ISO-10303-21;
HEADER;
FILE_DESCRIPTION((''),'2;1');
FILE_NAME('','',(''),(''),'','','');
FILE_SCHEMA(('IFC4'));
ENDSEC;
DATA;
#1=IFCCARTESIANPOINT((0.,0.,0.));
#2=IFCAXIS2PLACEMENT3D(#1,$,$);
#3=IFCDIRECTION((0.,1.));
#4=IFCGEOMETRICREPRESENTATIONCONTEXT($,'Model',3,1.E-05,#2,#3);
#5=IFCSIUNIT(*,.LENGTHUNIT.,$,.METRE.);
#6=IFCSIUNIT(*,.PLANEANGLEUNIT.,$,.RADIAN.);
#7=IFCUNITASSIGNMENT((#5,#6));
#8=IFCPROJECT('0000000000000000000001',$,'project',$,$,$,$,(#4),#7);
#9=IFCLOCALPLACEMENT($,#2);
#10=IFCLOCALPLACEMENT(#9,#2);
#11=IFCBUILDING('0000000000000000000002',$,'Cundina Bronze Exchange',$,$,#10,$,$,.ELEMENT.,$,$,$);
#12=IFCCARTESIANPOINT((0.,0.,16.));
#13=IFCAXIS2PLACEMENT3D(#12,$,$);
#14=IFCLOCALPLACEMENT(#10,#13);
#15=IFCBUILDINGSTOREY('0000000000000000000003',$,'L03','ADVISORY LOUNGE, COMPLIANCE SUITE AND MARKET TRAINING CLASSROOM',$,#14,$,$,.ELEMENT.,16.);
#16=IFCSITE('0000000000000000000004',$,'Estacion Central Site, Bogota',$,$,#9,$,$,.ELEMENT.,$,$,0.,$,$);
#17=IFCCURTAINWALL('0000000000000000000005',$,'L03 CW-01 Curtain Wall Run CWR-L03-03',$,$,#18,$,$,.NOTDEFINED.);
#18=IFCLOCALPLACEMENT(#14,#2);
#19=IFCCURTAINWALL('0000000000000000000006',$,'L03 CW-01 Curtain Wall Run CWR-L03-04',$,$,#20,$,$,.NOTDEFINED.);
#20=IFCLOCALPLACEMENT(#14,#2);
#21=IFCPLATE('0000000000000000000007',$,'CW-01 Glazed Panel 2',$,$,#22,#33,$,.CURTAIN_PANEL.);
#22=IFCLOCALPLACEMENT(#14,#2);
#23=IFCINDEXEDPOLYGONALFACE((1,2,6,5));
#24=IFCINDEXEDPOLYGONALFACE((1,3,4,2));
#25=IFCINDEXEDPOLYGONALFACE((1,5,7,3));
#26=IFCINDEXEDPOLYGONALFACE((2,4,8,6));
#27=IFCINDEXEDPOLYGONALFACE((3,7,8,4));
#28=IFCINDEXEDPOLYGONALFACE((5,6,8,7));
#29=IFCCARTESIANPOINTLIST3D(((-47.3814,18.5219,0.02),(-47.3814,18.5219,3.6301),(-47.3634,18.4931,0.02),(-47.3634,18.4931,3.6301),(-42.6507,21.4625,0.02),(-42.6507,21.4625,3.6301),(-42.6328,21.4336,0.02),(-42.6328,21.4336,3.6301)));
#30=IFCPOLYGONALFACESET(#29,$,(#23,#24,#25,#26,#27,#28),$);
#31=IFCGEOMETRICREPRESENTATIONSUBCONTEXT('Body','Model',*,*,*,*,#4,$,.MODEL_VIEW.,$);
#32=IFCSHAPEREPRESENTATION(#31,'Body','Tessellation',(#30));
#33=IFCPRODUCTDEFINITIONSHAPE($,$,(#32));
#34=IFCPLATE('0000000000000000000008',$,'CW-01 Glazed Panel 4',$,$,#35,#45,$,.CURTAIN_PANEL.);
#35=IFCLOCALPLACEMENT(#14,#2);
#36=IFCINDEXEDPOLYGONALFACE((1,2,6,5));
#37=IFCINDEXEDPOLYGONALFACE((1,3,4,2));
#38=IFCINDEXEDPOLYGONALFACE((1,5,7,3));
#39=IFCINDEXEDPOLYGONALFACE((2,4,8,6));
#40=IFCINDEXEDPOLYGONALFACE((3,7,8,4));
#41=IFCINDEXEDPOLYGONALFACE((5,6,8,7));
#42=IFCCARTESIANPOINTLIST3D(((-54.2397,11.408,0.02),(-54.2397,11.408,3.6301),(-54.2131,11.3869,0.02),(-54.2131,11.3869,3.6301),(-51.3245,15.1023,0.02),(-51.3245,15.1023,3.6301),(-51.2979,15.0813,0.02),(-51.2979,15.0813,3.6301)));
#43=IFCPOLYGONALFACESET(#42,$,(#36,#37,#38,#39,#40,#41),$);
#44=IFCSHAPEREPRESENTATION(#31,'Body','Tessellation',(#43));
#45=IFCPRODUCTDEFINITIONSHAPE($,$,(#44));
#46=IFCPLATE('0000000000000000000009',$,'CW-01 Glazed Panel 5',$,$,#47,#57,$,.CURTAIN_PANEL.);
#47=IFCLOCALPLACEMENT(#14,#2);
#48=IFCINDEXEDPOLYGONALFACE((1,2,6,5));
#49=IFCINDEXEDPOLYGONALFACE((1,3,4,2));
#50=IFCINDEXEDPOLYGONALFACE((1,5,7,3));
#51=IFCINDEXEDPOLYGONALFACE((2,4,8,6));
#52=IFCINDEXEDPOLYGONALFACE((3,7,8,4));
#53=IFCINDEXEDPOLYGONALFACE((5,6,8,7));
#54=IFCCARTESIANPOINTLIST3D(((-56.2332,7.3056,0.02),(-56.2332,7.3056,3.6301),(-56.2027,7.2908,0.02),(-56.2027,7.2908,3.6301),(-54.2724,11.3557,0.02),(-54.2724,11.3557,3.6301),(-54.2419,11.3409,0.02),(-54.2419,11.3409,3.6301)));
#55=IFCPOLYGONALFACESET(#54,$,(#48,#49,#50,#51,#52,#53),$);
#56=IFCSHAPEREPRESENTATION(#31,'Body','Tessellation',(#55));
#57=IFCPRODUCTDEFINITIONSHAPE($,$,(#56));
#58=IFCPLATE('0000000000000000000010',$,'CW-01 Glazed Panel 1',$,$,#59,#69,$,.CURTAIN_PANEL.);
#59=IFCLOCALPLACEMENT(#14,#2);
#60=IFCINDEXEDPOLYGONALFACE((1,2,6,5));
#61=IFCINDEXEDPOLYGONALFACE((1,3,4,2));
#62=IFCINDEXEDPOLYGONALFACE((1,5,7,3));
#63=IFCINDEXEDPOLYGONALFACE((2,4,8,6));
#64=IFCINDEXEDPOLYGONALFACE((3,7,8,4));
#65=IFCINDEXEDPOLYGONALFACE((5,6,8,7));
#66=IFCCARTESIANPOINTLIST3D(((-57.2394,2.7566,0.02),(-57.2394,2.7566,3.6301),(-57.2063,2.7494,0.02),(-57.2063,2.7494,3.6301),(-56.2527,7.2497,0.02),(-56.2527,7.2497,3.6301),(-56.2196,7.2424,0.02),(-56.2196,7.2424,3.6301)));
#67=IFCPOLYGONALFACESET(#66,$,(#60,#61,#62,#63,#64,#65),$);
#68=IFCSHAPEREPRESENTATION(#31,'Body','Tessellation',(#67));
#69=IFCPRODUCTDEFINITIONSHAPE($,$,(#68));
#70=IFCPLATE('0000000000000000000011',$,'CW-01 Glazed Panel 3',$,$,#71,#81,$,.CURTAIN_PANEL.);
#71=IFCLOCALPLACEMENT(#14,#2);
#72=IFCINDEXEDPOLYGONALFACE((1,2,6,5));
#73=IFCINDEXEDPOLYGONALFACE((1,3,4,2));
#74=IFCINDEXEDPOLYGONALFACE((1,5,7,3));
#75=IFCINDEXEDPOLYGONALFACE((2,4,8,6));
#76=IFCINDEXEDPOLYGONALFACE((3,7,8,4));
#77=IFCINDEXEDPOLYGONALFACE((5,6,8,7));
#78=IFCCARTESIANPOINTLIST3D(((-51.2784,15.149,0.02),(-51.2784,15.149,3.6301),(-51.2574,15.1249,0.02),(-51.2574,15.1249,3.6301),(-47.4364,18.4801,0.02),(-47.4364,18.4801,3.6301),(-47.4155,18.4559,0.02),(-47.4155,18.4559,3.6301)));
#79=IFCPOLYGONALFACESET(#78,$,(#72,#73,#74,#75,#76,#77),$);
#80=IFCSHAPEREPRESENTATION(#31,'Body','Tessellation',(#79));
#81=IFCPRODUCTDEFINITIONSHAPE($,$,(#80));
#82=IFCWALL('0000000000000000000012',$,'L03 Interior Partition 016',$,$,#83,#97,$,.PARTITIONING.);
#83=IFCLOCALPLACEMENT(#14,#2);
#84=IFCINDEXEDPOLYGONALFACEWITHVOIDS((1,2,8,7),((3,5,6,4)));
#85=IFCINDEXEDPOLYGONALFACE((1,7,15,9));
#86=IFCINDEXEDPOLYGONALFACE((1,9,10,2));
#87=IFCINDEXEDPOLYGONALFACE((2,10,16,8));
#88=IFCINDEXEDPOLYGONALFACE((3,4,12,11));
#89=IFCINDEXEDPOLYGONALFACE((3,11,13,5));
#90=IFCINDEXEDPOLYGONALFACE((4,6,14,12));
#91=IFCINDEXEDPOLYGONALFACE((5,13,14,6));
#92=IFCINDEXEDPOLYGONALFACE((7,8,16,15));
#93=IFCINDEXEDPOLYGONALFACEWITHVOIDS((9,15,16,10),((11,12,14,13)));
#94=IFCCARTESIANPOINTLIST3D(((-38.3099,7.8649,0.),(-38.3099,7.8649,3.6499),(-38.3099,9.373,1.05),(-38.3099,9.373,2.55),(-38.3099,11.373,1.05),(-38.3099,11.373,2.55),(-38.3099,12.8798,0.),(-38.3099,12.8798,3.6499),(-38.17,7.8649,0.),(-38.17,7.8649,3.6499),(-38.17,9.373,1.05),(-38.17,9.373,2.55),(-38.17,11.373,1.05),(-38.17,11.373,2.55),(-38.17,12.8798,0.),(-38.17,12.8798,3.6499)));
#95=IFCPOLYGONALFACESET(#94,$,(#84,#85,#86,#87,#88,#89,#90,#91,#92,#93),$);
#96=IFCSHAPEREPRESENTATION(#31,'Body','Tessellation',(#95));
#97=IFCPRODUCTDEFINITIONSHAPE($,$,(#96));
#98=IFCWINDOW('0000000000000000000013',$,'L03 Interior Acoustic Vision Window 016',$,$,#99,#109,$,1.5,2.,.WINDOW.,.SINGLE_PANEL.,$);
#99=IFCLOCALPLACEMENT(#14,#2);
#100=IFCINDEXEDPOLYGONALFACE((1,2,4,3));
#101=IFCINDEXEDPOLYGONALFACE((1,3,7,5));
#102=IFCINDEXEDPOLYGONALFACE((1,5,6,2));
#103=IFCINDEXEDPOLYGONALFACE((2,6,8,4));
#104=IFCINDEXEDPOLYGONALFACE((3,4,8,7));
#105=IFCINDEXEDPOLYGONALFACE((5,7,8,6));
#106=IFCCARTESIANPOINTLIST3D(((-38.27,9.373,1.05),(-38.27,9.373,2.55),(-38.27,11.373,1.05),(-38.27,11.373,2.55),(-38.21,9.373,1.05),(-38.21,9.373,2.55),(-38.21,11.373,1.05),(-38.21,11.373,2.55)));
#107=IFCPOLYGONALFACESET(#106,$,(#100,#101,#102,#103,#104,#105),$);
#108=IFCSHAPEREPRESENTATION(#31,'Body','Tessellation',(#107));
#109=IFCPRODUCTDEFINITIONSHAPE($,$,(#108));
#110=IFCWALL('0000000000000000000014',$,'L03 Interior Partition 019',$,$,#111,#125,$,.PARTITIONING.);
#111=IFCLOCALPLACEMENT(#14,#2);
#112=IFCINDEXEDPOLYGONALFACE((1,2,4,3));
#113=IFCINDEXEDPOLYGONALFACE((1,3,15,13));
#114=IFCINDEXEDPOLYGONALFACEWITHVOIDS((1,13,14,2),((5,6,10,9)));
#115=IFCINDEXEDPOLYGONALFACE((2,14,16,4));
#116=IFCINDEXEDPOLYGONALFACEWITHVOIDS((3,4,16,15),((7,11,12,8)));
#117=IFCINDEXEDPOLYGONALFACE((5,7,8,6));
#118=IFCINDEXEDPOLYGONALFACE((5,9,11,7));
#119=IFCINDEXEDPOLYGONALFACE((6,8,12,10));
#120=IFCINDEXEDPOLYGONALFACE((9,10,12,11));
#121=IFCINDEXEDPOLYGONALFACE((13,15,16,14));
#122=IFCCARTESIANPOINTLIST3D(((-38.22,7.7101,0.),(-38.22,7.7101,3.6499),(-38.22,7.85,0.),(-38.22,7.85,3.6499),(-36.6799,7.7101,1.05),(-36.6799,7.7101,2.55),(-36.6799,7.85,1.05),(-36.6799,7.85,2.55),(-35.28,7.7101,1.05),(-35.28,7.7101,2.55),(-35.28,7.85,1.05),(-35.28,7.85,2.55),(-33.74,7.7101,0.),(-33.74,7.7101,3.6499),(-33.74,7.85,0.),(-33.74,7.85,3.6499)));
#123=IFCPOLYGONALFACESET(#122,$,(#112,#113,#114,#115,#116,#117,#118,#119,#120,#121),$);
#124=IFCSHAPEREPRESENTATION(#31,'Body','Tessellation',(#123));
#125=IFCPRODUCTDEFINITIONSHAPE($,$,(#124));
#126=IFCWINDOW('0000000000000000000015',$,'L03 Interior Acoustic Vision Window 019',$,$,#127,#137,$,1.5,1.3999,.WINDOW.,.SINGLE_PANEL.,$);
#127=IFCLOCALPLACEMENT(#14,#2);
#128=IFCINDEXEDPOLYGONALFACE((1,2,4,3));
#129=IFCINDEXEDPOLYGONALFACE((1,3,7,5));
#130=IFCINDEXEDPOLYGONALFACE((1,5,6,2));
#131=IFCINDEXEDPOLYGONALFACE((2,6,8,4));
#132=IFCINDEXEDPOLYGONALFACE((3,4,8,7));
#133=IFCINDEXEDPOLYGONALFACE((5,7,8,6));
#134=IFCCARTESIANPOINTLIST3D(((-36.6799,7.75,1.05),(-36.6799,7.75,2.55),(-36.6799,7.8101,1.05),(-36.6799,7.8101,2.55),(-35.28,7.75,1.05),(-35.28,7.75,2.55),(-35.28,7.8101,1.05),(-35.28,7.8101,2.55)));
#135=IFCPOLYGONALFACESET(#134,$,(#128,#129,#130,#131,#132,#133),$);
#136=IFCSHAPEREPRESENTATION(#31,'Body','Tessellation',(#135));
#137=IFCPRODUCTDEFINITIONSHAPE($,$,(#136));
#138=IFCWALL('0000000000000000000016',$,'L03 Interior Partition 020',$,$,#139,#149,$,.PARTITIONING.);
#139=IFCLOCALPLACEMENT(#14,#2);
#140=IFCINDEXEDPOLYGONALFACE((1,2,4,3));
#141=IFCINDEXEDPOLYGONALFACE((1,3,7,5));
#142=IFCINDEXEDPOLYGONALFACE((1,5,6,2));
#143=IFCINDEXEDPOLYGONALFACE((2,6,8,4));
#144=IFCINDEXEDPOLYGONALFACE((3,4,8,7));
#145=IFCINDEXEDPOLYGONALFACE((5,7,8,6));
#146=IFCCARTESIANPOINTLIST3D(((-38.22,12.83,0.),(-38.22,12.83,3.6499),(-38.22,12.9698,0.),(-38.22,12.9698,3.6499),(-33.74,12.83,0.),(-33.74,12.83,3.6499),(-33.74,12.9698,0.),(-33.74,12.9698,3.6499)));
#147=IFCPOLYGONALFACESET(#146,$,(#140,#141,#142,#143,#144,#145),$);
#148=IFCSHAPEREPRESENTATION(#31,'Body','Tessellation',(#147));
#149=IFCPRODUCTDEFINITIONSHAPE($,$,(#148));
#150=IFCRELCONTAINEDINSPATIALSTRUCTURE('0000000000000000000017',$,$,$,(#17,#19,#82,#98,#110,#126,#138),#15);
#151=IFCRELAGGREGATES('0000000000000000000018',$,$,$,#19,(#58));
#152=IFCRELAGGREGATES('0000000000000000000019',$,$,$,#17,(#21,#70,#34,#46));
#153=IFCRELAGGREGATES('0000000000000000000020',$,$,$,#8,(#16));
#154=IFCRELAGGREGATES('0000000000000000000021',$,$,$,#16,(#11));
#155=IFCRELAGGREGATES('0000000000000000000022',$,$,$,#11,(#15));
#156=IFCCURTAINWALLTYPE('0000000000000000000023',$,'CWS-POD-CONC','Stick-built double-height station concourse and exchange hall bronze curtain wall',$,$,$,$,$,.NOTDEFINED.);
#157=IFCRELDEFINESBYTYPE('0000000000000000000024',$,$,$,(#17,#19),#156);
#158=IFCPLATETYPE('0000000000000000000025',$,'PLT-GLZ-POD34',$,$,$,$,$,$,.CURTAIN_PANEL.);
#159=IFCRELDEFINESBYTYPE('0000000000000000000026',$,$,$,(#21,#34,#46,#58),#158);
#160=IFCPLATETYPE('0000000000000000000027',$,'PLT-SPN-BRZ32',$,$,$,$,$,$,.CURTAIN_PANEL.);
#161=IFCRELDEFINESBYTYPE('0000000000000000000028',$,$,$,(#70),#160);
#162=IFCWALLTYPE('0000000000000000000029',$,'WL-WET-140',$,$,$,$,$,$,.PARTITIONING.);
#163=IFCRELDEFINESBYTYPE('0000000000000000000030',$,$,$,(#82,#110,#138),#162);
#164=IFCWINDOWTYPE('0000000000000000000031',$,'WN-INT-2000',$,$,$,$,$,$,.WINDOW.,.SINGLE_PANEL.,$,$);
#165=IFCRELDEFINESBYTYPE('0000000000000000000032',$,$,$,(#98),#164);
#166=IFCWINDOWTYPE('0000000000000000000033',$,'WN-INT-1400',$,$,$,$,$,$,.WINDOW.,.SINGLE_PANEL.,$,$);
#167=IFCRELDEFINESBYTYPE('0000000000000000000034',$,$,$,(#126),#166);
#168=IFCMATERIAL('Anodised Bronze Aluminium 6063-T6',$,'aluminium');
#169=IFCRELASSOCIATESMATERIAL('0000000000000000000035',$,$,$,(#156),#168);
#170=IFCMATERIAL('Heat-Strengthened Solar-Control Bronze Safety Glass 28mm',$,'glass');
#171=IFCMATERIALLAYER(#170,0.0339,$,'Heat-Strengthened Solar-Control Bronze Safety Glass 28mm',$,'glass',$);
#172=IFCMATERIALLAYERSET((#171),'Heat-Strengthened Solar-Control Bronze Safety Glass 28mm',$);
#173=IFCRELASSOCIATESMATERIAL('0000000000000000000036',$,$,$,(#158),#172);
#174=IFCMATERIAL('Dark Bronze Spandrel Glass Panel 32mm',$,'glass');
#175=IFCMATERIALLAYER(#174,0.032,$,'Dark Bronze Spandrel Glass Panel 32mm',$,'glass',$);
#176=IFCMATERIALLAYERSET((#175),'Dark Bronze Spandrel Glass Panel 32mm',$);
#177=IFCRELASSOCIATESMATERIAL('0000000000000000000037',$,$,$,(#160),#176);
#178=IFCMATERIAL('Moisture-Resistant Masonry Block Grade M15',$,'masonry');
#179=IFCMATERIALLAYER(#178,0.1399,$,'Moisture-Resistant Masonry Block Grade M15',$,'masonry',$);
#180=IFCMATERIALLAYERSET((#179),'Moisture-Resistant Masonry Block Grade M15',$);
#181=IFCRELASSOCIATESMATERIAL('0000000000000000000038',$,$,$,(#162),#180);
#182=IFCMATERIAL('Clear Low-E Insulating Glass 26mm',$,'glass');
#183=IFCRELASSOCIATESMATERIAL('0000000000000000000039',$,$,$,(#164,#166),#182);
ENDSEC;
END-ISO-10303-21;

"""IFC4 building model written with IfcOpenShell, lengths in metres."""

from ifc_helpers import new_model, si_unit, direction, frame, frame_2d, origin, origin_2d, place, context, subcontext, project, spatial, rectangle, extrude, material, layer, layer_set, type_object, element, fill, aggregate, save


model = new_model("IFC4")

# Units and contexts
model_context = context("Model", 3, precision=1e-05, world=origin(), true_north=direction((0.0, 1.0)))
body_context = subcontext(model_context, "Body", "Model", "MODEL_VIEW")
ifc_project = project(units=[si_unit("LENGTHUNIT", "METRE"), si_unit("PLANEANGLEUNIT", "RADIAN")], contexts=[model_context])

# Site, building, storey
site_placement = place(None, origin())
site = spatial("IfcSite", under=ifc_project, at=site_placement, Name="Estacion Central Site, Bogota", CompositionType="ELEMENT", RefElevation=0.0)
building_placement = place(site_placement, origin())
building = spatial("IfcBuilding", under=site, at=building_placement, Name="Cundina Bronze Exchange", CompositionType="ELEMENT")
storey_placement = place(building_placement, frame((0.0, 0.0, 16.0)))
storey = spatial("IfcBuildingStorey", under=building, at=storey_placement, Name="L03", Description="ADVISORY LOUNGE, COMPLIANCE SUITE AND MARKET TRAINING CLASSROOM", CompositionType="ELEMENT", Elevation=16.0)

# Curtain wall
ifc_material_1 = material(Name="Anodised Bronze Aluminium 6063-T6", Category="aluminium")
curtain_wall_type = type_object("IfcCurtainWallType", Name="CWS-POD-CONC", Description="Stick-built double-height station concourse and exchange hall bronze curtain wall", PredefinedType="NOTDEFINED", material=ifc_material_1)
curtain_wall_1_placement = place(storey_placement, origin())
curtain_wall_1 = element("IfcCurtainWall", 1, at=curtain_wall_1_placement, inside=storey, type_object=curtain_wall_type, Name="L03 CW-01 Curtain Wall Run CWR-L03-03", PredefinedType="NOTDEFINED")

# Curtain wall
curtain_wall_2_placement = place(storey_placement, origin())
curtain_wall_2 = element("IfcCurtainWall", 2, at=curtain_wall_2_placement, inside=storey, type_object=curtain_wall_type, Name="L03 CW-01 Curtain Wall Run CWR-L03-04", PredefinedType="NOTDEFINED")

# Plates
ifc_material_2 = material(Name="Heat-Strengthened Solar-Control Bronze Safety Glass 28mm", Category="glass")
ifc_layer_1 = layer(ifc_material_2, 0.0339, Name="Heat-Strengthened Solar-Control Bronze Safety Glass 28mm", Category="glass")
ifc_layer_set_1 = layer_set([ifc_layer_1], Name="Heat-Strengthened Solar-Control Bronze Safety Glass 28mm")
plate_type_1 = type_object("IfcPlateType", Name="PLT-GLZ-POD34", PredefinedType="CURTAIN_PANEL", material=ifc_layer_set_1)
plate_1_placement = place(storey_placement, frame((-45.0071, 19.9778, 0.02), z_axis=(0.0, 0.0, 1.0), x_axis=(-0.849294, -0.52792, 0.0)))
plate_1 = element("IfcPlate", 3, at=plate_1_placement, type_object=plate_type_1, Name="CW-01 Glazed Panel 2", PredefinedType="CURTAIN_PANEL", context=body_context, shape_type="SweptSolid", body=[
    extrude(rectangle(XDim=5.5701, YDim=0.0339, at=origin_2d()), origin(), (0.0, 0.0, 1.0), 3.6101),
])
plate_2_placement = place(storey_placement, frame((-52.7688, 13.2446, 0.02), z_axis=(0.0, 0.0, 1.0), x_axis=(-0.619464, -0.785025, 0.0)))
plate_2 = element("IfcPlate", 4, at=plate_2_placement, type_object=plate_type_1, Name="CW-01 Glazed Panel 4", PredefinedType="CURTAIN_PANEL", context=body_context, shape_type="SweptSolid", body=[
    extrude(rectangle(XDim=4.7061, YDim=0.0339, at=origin_2d()), origin(), (0.0, 0.0, 1.0), 3.6101),
])
plate_3_placement = place(storey_placement, frame((-55.2375, 9.3232, 0.02), z_axis=(0.0, 0.0, 1.0), x_axis=(-0.435765, -0.90006, 0.0)))
plate_3 = element("IfcPlate", 5, at=plate_3_placement, type_object=plate_type_1, Name="CW-01 Glazed Panel 5", PredefinedType="CURTAIN_PANEL", context=body_context, shape_type="SweptSolid", body=[
    extrude(rectangle(XDim=4.4998, YDim=0.0339, at=origin_2d()), origin(), (0.0, 0.0, 1.0), 3.6101),
])
plate_4_placement = place(storey_placement, frame((-56.7295, 4.9995, 0.02), z_axis=(0.0, 0.0, 1.0), x_axis=(-0.214497, -0.976725, 0.0)))
plate_4 = element("IfcPlate", 6, at=plate_4_placement, type_object=plate_type_1, Name="CW-01 Glazed Panel 1", PredefinedType="CURTAIN_PANEL", context=body_context, shape_type="SweptSolid", body=[
    extrude(rectangle(XDim=4.6001, YDim=0.0339, at=origin_2d()), origin(), (0.0, 0.0, 1.0), 3.6101),
])
aggregate(curtain_wall_2, [plate_4])
ifc_material_3 = material(Name="Dark Bronze Spandrel Glass Panel 32mm", Category="glass")
ifc_layer_2 = layer(ifc_material_3, 0.032, Name="Dark Bronze Spandrel Glass Panel 32mm", Category="glass")
ifc_layer_set_2 = layer_set([ifc_layer_2], Name="Dark Bronze Spandrel Glass Panel 32mm")
plate_type_2 = type_object("IfcPlateType", Name="PLT-SPN-BRZ32", PredefinedType="CURTAIN_PANEL", material=ifc_layer_set_2)
plate_5_placement = place(storey_placement, frame((-49.3469, 16.8025, 0.02), z_axis=(0.0, 0.0, 1.0), x_axis=(-0.755556, -0.655084, 0.0)))
plate_5 = element("IfcPlate", 7, at=plate_5_placement, type_object=plate_type_2, Name="CW-01 Glazed Panel 3", PredefinedType="CURTAIN_PANEL", context=body_context, shape_type="SweptSolid", body=[
    extrude(rectangle(XDim=5.085, YDim=0.032, at=origin_2d()), origin(), (0.0, 0.0, 1.0), 3.6101),
])
aggregate(curtain_wall_1, [plate_1, plate_5, plate_2, plate_3])

# Walls, openings, windows
ifc_material_4 = material(Name="Moisture-Resistant Masonry Block Grade M15", Category="masonry")
ifc_layer_3 = layer(ifc_material_4, 0.1399, Name="Moisture-Resistant Masonry Block Grade M15", Category="masonry")
ifc_layer_set_3 = layer_set([ifc_layer_3], Name="Moisture-Resistant Masonry Block Grade M15")
wall_type = type_object("IfcWallType", Name="WL-WET-140", PredefinedType="PARTITIONING", material=ifc_layer_set_3)
wall_1_placement = place(storey_placement, frame((-38.24, 7.865, 0.0), z_axis=(0.0, 0.0, 1.0), x_axis=(0.0, 1.0, 0.0)))
wall_1 = element("IfcWall", 8, at=wall_1_placement, inside=storey, type_object=wall_type, Name="L03 Interior Partition 016", PredefinedType="PARTITIONING", context=body_context, shape_type="SweptSolid", body=[
    extrude(rectangle(XDim=5.0149, YDim=0.1399, at=frame_2d((2.5073, 0.0))), origin(), (0.0, 0.0, 1.0), 3.6499),
])
opening_1_placement = place(wall_1_placement, frame((1.5081, 0.0, 1.05)))
opening_1 = element("IfcOpeningElement", 9, at=opening_1_placement, cuts=wall_1, PredefinedType="OPENING", context=body_context, shape_type="SweptSolid", body=[
    extrude(rectangle(XDim=2.0, YDim=1.5, at=frame_2d((1.0, 0.75))), frame((0.0, 0.0798, 0.0), z_axis=(0.0, -1.0, 0.0), x_axis=(1.0, 0.0, 0.0)), (0.0, 0.0, 1.0), 0.1599),
])
ifc_material_5 = material(Name="Clear Low-E Insulating Glass 26mm", Category="glass")
window_type_1 = type_object("IfcWindowType", Name="WN-INT-2000", PartitioningType="SINGLE_PANEL", PredefinedType="WINDOW", material=ifc_material_5)
window_1_placement = place(opening_1_placement, origin())
window_1 = element("IfcWindow", 10, at=window_1_placement, inside=storey, type_object=window_type_1, Name="L03 Interior Acoustic Vision Window 016", OverallHeight=1.5, OverallWidth=2.0, PartitioningType="SINGLE_PANEL", PredefinedType="WINDOW", context=body_context, shape_type="SweptSolid", body=[
    extrude(rectangle(XDim=2.0, YDim=1.5, at=frame_2d((1.0, 0.75))), frame((0.0, 0.03, 0.0), z_axis=(0.0, -1.0, 0.0), x_axis=(1.0, 0.0, 0.0)), (0.0, 0.0, 1.0), 0.0601),
])
fill(opening_1, window_1)
wall_2_placement = place(storey_placement, frame((-38.22, 7.78, 0.0), z_axis=(0.0, 0.0, 1.0), x_axis=(1.0, 0.0, 0.0)))
wall_2 = element("IfcWall", 11, at=wall_2_placement, inside=storey, type_object=wall_type, Name="L03 Interior Partition 019", PredefinedType="PARTITIONING", context=body_context, shape_type="SweptSolid", body=[
    extrude(rectangle(XDim=4.48, YDim=0.1399, at=frame_2d((2.24, 0.0))), origin(), (0.0, 0.0, 1.0), 3.6499),
])
opening_2_placement = place(wall_2_placement, frame((1.54, 0.0, 1.05)))
opening_2 = element("IfcOpeningElement", 12, at=opening_2_placement, cuts=wall_2, PredefinedType="OPENING", context=body_context, shape_type="SweptSolid", body=[
    extrude(rectangle(XDim=1.3999, YDim=1.5, at=frame_2d((0.7, 0.75))), frame((0.0, 0.0798, 0.0), z_axis=(0.0, -1.0, 0.0), x_axis=(1.0, 0.0, 0.0)), (0.0, 0.0, 1.0), 0.1599),
])
window_type_2 = type_object("IfcWindowType", Name="WN-INT-1400", PartitioningType="SINGLE_PANEL", PredefinedType="WINDOW", material=ifc_material_5)
window_2_placement = place(opening_2_placement, origin())
window_2 = element("IfcWindow", 13, at=window_2_placement, inside=storey, type_object=window_type_2, Name="L03 Interior Acoustic Vision Window 019", OverallHeight=1.5, OverallWidth=1.3999, PartitioningType="SINGLE_PANEL", PredefinedType="WINDOW", context=body_context, shape_type="SweptSolid", body=[
    extrude(rectangle(XDim=1.3999, YDim=1.5, at=frame_2d((0.7, 0.75))), frame((0.0, 0.03, 0.0), z_axis=(0.0, -1.0, 0.0), x_axis=(1.0, 0.0, 0.0)), (0.0, 0.0, 1.0), 0.0601),
])
fill(opening_2, window_2)

# Wall
wall_3_placement = place(storey_placement, frame((-38.22, 12.8999, 0.0), z_axis=(0.0, 0.0, 1.0), x_axis=(1.0, 0.0, 0.0)))
element("IfcWall", 14, at=wall_3_placement, inside=storey, type_object=wall_type, Name="L03 Interior Partition 020", PredefinedType="PARTITIONING", context=body_context, shape_type="SweptSolid", body=[
    extrude(rectangle(XDim=4.48, YDim=0.1399, at=frame_2d((2.24, 0.0))), origin(), (0.0, 0.0, 1.0), 3.6499),
])

save(model, "model.ifc")
